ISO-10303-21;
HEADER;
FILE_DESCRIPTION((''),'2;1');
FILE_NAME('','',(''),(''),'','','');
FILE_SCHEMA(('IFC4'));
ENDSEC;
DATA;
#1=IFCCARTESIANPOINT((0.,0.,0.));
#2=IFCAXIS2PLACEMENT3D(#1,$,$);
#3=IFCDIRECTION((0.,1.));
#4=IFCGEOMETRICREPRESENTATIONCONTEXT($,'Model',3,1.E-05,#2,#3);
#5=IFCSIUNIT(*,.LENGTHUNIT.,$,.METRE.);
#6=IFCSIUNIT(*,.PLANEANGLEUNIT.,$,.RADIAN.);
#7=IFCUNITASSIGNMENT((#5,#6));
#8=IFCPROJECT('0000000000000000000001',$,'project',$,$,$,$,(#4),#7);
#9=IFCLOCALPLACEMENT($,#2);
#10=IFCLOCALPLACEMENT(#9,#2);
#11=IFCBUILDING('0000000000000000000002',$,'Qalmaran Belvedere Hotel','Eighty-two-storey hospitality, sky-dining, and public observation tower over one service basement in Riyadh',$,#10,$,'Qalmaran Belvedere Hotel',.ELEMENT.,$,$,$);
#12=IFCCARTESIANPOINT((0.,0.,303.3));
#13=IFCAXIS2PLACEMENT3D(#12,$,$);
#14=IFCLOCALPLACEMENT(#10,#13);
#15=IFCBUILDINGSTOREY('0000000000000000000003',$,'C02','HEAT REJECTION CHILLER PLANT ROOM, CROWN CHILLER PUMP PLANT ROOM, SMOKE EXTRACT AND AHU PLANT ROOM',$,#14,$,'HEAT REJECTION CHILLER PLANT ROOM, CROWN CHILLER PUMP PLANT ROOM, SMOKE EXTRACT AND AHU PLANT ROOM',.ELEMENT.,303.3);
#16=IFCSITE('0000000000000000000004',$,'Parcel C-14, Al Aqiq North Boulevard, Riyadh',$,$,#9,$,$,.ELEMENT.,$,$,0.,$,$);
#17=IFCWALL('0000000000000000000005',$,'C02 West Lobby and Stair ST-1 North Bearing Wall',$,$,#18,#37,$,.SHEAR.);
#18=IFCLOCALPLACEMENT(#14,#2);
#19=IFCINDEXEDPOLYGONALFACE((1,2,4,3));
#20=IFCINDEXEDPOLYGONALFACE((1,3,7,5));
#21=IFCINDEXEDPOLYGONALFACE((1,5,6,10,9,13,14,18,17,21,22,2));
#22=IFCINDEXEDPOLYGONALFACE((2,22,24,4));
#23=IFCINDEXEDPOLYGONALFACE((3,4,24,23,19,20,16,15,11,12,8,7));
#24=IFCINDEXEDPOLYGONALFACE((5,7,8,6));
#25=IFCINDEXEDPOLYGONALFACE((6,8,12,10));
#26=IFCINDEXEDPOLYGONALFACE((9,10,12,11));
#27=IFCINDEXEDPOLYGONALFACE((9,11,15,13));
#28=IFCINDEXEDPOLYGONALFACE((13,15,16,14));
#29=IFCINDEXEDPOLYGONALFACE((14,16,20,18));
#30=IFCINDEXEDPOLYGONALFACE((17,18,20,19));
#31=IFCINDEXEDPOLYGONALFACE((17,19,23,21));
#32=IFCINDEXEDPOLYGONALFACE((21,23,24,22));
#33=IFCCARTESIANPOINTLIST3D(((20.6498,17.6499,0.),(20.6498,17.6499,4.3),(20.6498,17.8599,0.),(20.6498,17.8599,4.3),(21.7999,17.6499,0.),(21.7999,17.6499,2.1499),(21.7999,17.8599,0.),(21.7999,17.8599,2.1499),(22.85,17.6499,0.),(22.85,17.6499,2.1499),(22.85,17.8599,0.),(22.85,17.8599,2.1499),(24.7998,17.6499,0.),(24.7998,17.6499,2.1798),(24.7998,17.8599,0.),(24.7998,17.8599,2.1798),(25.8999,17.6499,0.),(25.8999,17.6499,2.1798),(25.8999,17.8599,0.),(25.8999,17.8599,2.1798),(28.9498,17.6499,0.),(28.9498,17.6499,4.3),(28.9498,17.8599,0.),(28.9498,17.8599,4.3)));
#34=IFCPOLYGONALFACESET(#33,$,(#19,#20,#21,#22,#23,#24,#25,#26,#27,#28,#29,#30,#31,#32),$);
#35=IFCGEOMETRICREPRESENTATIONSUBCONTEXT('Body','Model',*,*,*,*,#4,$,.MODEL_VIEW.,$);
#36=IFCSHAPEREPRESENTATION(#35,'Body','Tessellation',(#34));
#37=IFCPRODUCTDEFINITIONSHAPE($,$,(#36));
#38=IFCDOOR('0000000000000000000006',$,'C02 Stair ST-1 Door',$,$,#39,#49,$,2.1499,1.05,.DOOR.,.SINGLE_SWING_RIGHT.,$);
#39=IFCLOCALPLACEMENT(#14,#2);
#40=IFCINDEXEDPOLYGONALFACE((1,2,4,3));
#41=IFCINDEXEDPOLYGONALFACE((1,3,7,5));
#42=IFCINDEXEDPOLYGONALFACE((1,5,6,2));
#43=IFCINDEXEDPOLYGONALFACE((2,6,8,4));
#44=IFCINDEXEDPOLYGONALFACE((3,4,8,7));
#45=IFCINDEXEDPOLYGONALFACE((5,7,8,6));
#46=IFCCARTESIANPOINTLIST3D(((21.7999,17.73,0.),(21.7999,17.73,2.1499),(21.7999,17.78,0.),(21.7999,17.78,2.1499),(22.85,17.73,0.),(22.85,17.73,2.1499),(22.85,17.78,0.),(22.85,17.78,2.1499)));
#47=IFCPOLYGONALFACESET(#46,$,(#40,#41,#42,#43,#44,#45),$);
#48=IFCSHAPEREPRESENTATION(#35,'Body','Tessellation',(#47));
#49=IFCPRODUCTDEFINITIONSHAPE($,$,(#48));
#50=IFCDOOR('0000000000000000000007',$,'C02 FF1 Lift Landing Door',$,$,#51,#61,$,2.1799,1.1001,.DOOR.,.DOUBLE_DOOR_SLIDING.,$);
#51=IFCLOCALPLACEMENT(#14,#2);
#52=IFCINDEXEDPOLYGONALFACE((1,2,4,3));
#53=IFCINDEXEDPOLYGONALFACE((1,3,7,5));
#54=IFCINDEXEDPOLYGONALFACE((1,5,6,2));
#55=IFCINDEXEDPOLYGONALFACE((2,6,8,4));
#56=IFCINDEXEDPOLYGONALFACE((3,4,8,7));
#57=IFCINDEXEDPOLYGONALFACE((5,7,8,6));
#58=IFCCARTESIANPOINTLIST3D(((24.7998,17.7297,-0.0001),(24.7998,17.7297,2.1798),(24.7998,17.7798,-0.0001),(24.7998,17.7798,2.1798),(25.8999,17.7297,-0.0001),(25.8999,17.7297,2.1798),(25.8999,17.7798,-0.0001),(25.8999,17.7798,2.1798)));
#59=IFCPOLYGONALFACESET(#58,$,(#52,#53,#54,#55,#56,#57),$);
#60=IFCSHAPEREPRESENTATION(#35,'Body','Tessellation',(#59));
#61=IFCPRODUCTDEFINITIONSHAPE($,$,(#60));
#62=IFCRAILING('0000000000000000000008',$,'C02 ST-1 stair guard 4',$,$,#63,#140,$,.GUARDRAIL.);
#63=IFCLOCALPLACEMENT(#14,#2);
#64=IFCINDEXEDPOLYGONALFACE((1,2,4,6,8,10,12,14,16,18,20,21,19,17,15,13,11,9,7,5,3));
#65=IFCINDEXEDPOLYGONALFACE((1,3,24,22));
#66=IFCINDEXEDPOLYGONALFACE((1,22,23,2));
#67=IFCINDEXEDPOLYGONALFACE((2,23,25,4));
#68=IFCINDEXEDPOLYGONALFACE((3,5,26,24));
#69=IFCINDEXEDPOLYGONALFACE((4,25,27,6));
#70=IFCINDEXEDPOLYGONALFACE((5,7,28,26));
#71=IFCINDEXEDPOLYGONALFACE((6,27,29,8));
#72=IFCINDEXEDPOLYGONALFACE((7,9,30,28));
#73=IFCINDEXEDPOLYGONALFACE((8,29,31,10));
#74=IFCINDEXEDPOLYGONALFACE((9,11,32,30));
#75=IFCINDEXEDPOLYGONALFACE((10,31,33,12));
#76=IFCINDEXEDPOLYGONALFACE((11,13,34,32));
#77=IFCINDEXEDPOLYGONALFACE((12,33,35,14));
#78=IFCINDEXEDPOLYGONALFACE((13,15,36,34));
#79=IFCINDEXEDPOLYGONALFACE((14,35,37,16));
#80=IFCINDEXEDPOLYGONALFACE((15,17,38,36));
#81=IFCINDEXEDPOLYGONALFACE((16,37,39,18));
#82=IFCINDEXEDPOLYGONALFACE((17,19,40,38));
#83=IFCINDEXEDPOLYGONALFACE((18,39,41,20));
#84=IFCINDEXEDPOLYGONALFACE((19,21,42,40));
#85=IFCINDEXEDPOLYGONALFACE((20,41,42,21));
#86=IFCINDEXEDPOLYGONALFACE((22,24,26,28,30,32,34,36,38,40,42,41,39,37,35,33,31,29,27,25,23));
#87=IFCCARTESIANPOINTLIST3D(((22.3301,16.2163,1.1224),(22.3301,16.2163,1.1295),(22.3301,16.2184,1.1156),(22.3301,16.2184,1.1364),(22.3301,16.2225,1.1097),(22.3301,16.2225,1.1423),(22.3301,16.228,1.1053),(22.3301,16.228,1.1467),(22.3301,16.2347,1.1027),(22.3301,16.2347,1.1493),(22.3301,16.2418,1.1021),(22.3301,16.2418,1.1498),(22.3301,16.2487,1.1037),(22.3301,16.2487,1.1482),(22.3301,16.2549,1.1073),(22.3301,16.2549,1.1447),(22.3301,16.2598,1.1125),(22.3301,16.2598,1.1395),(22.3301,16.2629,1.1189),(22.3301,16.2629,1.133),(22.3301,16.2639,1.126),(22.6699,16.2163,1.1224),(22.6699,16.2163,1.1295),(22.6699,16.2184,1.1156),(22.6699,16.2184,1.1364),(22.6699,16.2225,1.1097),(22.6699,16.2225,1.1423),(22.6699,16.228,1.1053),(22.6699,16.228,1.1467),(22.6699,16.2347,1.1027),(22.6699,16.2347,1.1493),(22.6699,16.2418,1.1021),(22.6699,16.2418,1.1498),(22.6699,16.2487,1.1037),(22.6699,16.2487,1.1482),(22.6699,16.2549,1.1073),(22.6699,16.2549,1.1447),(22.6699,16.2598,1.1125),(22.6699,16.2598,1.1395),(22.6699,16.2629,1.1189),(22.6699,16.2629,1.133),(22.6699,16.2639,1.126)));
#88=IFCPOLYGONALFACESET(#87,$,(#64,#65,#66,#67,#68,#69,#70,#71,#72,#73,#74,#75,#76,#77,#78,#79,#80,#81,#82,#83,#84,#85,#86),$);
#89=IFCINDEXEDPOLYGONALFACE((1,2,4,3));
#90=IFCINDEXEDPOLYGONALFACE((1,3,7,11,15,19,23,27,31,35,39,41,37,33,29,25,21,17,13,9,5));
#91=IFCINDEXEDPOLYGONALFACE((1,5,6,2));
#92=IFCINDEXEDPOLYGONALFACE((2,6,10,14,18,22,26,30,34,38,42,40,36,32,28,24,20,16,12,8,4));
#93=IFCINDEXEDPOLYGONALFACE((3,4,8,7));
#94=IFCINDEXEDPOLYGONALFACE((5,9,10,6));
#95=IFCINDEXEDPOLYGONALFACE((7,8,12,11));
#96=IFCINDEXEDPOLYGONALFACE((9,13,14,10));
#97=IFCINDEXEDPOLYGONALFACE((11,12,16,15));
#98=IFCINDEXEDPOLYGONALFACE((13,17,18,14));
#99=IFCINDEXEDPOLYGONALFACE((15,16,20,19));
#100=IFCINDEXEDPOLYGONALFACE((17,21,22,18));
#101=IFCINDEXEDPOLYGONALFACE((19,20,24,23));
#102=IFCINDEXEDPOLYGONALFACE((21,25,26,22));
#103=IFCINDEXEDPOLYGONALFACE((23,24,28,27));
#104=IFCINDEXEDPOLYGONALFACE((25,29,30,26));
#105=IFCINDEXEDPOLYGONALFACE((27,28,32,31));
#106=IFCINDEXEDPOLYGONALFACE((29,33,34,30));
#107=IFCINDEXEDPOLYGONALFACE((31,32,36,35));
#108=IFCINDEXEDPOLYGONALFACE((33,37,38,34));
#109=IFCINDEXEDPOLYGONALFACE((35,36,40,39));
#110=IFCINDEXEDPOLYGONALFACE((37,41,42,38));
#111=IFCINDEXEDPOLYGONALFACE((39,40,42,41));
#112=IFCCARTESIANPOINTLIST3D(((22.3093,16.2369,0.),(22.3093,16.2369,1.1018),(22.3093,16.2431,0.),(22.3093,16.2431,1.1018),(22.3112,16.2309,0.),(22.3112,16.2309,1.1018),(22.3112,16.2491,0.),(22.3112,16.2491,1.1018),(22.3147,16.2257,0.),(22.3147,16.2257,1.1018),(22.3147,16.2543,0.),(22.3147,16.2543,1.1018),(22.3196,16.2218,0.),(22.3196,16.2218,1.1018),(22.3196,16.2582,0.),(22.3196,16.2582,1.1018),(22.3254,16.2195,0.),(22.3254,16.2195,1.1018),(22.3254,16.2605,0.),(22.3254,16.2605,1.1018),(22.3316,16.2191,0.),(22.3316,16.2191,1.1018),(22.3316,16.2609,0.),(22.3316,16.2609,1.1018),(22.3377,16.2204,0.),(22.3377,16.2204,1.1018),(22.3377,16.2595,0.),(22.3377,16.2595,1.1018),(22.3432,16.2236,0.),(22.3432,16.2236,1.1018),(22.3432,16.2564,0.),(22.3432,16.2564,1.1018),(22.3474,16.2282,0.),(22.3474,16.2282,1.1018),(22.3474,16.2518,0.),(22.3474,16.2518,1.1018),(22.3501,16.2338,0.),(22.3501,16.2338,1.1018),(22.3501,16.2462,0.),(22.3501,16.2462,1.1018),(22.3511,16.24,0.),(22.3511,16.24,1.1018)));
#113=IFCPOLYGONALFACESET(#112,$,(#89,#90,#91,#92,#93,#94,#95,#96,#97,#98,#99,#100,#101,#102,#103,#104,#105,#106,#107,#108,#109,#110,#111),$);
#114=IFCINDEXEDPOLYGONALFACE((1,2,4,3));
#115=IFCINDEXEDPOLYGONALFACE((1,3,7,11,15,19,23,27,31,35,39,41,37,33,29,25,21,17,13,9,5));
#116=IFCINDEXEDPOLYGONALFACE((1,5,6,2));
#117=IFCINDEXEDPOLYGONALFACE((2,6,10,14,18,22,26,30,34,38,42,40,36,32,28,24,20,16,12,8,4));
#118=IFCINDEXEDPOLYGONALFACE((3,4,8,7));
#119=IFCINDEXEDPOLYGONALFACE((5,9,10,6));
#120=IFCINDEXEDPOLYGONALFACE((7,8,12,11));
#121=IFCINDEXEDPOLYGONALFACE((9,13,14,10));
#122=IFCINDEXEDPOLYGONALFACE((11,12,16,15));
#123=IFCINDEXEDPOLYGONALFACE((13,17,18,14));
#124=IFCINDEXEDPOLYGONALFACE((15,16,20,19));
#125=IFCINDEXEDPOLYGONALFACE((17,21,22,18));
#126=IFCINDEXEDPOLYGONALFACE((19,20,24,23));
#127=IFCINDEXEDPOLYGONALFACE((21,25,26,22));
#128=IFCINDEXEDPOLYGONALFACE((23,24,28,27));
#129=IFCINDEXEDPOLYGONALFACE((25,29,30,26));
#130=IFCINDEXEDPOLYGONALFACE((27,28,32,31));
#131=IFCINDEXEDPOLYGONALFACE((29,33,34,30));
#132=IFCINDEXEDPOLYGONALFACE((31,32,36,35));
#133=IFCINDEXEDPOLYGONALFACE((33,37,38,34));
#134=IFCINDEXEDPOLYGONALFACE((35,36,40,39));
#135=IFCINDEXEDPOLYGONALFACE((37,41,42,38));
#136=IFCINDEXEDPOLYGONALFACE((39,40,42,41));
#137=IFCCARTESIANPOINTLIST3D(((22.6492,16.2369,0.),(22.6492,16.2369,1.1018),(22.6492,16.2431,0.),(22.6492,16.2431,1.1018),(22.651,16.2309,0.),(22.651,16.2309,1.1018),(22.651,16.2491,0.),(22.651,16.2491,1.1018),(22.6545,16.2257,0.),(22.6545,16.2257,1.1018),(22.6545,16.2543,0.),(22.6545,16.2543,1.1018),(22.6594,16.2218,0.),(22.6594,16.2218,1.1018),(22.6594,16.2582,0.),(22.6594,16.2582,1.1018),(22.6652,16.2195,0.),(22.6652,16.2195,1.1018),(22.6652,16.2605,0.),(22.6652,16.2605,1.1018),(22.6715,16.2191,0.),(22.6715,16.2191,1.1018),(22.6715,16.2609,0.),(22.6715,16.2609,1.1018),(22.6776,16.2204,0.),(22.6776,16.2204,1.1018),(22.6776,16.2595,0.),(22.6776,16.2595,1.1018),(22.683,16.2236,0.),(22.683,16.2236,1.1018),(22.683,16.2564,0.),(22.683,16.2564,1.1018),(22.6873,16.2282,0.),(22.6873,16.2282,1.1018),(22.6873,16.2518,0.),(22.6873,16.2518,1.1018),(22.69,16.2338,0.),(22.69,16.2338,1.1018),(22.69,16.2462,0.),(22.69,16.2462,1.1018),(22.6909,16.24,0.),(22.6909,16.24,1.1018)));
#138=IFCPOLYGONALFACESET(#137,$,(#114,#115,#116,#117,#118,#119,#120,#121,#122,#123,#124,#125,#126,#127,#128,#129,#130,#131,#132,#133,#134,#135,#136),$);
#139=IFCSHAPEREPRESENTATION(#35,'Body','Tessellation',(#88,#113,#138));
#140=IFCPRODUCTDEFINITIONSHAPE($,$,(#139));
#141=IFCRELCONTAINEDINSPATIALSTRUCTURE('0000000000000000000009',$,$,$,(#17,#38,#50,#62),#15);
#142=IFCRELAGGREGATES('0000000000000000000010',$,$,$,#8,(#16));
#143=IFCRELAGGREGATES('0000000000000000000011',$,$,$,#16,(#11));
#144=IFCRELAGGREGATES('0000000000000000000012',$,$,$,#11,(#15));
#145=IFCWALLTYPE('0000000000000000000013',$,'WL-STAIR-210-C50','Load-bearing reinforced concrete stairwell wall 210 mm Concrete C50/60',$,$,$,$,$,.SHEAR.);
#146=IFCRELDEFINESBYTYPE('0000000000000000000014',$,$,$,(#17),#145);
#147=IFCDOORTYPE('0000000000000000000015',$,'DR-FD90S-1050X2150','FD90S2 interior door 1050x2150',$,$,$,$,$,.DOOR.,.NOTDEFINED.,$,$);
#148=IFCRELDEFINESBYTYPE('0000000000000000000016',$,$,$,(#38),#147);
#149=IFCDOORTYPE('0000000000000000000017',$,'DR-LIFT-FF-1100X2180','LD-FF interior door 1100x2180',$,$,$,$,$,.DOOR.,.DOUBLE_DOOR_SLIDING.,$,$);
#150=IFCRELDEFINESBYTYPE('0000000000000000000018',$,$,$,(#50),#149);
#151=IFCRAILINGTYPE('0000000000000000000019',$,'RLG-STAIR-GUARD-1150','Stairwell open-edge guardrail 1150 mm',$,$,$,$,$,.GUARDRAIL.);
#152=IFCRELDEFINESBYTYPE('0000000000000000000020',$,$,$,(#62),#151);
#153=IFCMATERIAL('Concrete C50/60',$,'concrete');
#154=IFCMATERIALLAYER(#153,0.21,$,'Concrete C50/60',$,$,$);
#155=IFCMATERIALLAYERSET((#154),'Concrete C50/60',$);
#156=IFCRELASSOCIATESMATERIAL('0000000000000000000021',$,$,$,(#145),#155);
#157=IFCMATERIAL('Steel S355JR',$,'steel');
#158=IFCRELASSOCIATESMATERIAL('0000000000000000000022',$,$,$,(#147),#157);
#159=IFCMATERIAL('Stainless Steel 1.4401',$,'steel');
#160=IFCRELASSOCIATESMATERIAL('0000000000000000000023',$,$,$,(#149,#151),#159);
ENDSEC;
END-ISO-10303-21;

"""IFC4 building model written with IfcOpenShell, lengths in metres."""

from ifc_helpers import new_model, si_unit, direction, frame, frame_2d, origin, origin_2d, place, context, subcontext, project, spatial, rectangle, circle, extrude, material, layer, layer_set, type_object, element, fill, save


model = new_model("IFC4")

# Units and contexts
model_context = context("Model", 3, precision=1e-05, world=origin(), true_north=direction((0.0, 1.0)))
body_context = subcontext(model_context, "Body", "Model", "MODEL_VIEW")
ifc_project = project(units=[si_unit("LENGTHUNIT", "METRE"), si_unit("PLANEANGLEUNIT", "RADIAN")], contexts=[model_context])

# Site, building, storey
site_placement = place(None, origin())
site = spatial("IfcSite", under=ifc_project, at=site_placement, Name="Parcel C-14, Al Aqiq North Boulevard, Riyadh", CompositionType="ELEMENT", RefElevation=0.0)
building_placement = place(site_placement, origin())
building = spatial("IfcBuilding", under=site, at=building_placement, Name="Qalmaran Belvedere Hotel", Description="Eighty-two-storey hospitality, sky-dining, and public observation tower over one service basement in Riyadh", LongName="Qalmaran Belvedere Hotel", CompositionType="ELEMENT")
storey_placement = place(building_placement, frame((0.0, 0.0, 303.3)))
storey = spatial("IfcBuildingStorey", under=building, at=storey_placement, Name="C02", Description="HEAT REJECTION CHILLER PLANT ROOM, CROWN CHILLER PUMP PLANT ROOM, SMOKE EXTRACT AND AHU PLANT ROOM", LongName="HEAT REJECTION CHILLER PLANT ROOM, CROWN CHILLER PUMP PLANT ROOM, SMOKE EXTRACT AND AHU PLANT ROOM", CompositionType="ELEMENT", Elevation=303.3)

# Shared definitions
ifc_material_1 = material(Name="Concrete C50/60", Category="concrete")

# Shared definitions
ifc_material_2 = material(Name="Steel S355JR", Category="steel")

# Wall, openings, doors
ifc_layer_1 = layer(ifc_material_1, 0.21, Name="Concrete C50/60")
ifc_layer_set_1 = layer_set([ifc_layer_1], Name="Concrete C50/60")
wall_type_1 = type_object("IfcWallType", Name="WL-STAIR-210-C50", Description="Load-bearing reinforced concrete stairwell wall 210 mm Concrete C50/60", PredefinedType="SHEAR", material=ifc_layer_set_1)
wall_1_placement = place(storey_placement, frame((20.6499, 17.7549, 0.0), z_axis=(0.0, 0.0, 1.0), x_axis=(1.0, 0.0, 0.0)))
wall_1 = element("IfcWall", 1, at=wall_1_placement, inside=storey, type_object=wall_type_1, Name="C02 West Lobby and Stair ST-1 North Bearing Wall", PredefinedType="SHEAR", context=body_context, shape_type="SweptSolid", body=[
    extrude(rectangle(XDim=8.3, YDim=0.21, at=frame_2d((4.1499, 0.0))), origin(), (0.0, 0.0, 1.0), 4.3),
])
opening_1_placement = place(wall_1_placement, frame((2.2, 0.0, 0.0), z_axis=(0.0, 0.0, 1.0), x_axis=(-1.0, 0.0, 0.0)))
opening_1 = element("IfcOpeningElement", 2, at=opening_1_placement, cuts=wall_1, PredefinedType="OPENING", context=body_context, shape_type="SweptSolid", body=[
    extrude(rectangle(XDim=1.05, YDim=2.1499, at=frame_2d((0.5249, 1.075))), frame((0.0, 0.115, 0.0), z_axis=(0.0, -1.0, 0.0), x_axis=(1.0, 0.0, 0.0)), (0.0, 0.0, 1.0), 0.23),
])
opening_2_placement = place(wall_1_placement, frame((4.1499, 0.0, 0.0)))
opening_2 = element("IfcOpeningElement", 3, at=opening_2_placement, cuts=wall_1, PredefinedType="OPENING", context=body_context, shape_type="SweptSolid", body=[
    extrude(rectangle(XDim=1.1001, YDim=2.1799, at=frame_2d((0.55, 1.0898))), frame((0.0, 0.115, 0.0), z_axis=(0.0, -1.0, 0.0), x_axis=(1.0, 0.0, 0.0)), (0.0, 0.0, 1.0), 0.23),
])
door_type_1 = type_object("IfcDoorType", Name="DR-FD90S-1050X2150", Description="FD90S2 interior door 1050x2150", OperationType="NOTDEFINED", PredefinedType="DOOR", material=ifc_material_2)
door_1_placement = place(opening_1_placement, origin())
door_1 = element("IfcDoor", 4, at=door_1_placement, inside=storey, type_object=door_type_1, Name="C02 Stair ST-1 Door", OperationType="SINGLE_SWING_RIGHT", OverallHeight=2.1499, OverallWidth=1.05, PredefinedType="DOOR", context=body_context, shape_type="SweptSolid", body=[
    extrude(rectangle(XDim=1.05, YDim=2.1499, at=frame_2d((0.5249, 1.075))), frame((0.0, 0.0249, 0.0), z_axis=(0.0, -1.0, 0.0), x_axis=(1.0, 0.0, 0.0)), (0.0, 0.0, 1.0), 0.05),
])
fill(opening_1, door_1)
ifc_material_3 = material(Name="Stainless Steel 1.4401", Category="steel")
door_type_2 = type_object("IfcDoorType", Name="DR-LIFT-FF-1100X2180", Description="LD-FF interior door 1100x2180", OperationType="DOUBLE_DOOR_SLIDING", PredefinedType="DOOR", material=ifc_material_3)
door_2_placement = place(opening_2_placement, origin())
door_2 = element("IfcDoor", 5, at=door_2_placement, inside=storey, type_object=door_type_2, Name="C02 FF1 Lift Landing Door", OperationType="DOUBLE_DOOR_SLIDING", OverallHeight=2.1799, OverallWidth=1.1001, PredefinedType="DOOR", context=body_context, shape_type="SweptSolid", body=[
    extrude(rectangle(XDim=1.1001, YDim=2.1799, at=frame_2d((0.55, 1.0898))), frame((0.0, 0.0249, 0.0), z_axis=(0.0, -1.0, 0.0), x_axis=(1.0, 0.0, 0.0)), (0.0, 0.0, 1.0), 0.05),
])
fill(opening_2, door_2)

# Railing
railing_type = type_object("IfcRailingType", Name="RLG-STAIR-GUARD-1150", Description="Stairwell open-edge guardrail 1150 mm", PredefinedType="GUARDRAIL", material=ifc_material_3)
railing_placement = place(storey_placement, frame((22.3301, 16.24, 0.0)))
element("IfcRailing", 6, at=railing_placement, inside=storey, type_object=railing_type, Name="C02 ST-1 stair guard 4", PredefinedType="GUARDRAIL", context=body_context, shape_type="SweptSolid", body=[
    extrude(circle(Radius=0.0239, at=origin_2d()), frame((0.0, 0.0, 1.126), z_axis=(1.0, 0.0, 0.0), x_axis=(0.0, 1.0, 0.0)), (0.0, 0.0, 1.0), 0.3398),
    extrude(circle(Radius=0.021, at=origin_2d()), origin(), (0.0, 0.0, 1.0), 1.1018),
    extrude(circle(Radius=0.021, at=origin_2d()), frame((0.3398, 0.0, 0.0)), (0.0, 0.0, 1.0), 1.1018),
])

save(model, "model.ifc")
